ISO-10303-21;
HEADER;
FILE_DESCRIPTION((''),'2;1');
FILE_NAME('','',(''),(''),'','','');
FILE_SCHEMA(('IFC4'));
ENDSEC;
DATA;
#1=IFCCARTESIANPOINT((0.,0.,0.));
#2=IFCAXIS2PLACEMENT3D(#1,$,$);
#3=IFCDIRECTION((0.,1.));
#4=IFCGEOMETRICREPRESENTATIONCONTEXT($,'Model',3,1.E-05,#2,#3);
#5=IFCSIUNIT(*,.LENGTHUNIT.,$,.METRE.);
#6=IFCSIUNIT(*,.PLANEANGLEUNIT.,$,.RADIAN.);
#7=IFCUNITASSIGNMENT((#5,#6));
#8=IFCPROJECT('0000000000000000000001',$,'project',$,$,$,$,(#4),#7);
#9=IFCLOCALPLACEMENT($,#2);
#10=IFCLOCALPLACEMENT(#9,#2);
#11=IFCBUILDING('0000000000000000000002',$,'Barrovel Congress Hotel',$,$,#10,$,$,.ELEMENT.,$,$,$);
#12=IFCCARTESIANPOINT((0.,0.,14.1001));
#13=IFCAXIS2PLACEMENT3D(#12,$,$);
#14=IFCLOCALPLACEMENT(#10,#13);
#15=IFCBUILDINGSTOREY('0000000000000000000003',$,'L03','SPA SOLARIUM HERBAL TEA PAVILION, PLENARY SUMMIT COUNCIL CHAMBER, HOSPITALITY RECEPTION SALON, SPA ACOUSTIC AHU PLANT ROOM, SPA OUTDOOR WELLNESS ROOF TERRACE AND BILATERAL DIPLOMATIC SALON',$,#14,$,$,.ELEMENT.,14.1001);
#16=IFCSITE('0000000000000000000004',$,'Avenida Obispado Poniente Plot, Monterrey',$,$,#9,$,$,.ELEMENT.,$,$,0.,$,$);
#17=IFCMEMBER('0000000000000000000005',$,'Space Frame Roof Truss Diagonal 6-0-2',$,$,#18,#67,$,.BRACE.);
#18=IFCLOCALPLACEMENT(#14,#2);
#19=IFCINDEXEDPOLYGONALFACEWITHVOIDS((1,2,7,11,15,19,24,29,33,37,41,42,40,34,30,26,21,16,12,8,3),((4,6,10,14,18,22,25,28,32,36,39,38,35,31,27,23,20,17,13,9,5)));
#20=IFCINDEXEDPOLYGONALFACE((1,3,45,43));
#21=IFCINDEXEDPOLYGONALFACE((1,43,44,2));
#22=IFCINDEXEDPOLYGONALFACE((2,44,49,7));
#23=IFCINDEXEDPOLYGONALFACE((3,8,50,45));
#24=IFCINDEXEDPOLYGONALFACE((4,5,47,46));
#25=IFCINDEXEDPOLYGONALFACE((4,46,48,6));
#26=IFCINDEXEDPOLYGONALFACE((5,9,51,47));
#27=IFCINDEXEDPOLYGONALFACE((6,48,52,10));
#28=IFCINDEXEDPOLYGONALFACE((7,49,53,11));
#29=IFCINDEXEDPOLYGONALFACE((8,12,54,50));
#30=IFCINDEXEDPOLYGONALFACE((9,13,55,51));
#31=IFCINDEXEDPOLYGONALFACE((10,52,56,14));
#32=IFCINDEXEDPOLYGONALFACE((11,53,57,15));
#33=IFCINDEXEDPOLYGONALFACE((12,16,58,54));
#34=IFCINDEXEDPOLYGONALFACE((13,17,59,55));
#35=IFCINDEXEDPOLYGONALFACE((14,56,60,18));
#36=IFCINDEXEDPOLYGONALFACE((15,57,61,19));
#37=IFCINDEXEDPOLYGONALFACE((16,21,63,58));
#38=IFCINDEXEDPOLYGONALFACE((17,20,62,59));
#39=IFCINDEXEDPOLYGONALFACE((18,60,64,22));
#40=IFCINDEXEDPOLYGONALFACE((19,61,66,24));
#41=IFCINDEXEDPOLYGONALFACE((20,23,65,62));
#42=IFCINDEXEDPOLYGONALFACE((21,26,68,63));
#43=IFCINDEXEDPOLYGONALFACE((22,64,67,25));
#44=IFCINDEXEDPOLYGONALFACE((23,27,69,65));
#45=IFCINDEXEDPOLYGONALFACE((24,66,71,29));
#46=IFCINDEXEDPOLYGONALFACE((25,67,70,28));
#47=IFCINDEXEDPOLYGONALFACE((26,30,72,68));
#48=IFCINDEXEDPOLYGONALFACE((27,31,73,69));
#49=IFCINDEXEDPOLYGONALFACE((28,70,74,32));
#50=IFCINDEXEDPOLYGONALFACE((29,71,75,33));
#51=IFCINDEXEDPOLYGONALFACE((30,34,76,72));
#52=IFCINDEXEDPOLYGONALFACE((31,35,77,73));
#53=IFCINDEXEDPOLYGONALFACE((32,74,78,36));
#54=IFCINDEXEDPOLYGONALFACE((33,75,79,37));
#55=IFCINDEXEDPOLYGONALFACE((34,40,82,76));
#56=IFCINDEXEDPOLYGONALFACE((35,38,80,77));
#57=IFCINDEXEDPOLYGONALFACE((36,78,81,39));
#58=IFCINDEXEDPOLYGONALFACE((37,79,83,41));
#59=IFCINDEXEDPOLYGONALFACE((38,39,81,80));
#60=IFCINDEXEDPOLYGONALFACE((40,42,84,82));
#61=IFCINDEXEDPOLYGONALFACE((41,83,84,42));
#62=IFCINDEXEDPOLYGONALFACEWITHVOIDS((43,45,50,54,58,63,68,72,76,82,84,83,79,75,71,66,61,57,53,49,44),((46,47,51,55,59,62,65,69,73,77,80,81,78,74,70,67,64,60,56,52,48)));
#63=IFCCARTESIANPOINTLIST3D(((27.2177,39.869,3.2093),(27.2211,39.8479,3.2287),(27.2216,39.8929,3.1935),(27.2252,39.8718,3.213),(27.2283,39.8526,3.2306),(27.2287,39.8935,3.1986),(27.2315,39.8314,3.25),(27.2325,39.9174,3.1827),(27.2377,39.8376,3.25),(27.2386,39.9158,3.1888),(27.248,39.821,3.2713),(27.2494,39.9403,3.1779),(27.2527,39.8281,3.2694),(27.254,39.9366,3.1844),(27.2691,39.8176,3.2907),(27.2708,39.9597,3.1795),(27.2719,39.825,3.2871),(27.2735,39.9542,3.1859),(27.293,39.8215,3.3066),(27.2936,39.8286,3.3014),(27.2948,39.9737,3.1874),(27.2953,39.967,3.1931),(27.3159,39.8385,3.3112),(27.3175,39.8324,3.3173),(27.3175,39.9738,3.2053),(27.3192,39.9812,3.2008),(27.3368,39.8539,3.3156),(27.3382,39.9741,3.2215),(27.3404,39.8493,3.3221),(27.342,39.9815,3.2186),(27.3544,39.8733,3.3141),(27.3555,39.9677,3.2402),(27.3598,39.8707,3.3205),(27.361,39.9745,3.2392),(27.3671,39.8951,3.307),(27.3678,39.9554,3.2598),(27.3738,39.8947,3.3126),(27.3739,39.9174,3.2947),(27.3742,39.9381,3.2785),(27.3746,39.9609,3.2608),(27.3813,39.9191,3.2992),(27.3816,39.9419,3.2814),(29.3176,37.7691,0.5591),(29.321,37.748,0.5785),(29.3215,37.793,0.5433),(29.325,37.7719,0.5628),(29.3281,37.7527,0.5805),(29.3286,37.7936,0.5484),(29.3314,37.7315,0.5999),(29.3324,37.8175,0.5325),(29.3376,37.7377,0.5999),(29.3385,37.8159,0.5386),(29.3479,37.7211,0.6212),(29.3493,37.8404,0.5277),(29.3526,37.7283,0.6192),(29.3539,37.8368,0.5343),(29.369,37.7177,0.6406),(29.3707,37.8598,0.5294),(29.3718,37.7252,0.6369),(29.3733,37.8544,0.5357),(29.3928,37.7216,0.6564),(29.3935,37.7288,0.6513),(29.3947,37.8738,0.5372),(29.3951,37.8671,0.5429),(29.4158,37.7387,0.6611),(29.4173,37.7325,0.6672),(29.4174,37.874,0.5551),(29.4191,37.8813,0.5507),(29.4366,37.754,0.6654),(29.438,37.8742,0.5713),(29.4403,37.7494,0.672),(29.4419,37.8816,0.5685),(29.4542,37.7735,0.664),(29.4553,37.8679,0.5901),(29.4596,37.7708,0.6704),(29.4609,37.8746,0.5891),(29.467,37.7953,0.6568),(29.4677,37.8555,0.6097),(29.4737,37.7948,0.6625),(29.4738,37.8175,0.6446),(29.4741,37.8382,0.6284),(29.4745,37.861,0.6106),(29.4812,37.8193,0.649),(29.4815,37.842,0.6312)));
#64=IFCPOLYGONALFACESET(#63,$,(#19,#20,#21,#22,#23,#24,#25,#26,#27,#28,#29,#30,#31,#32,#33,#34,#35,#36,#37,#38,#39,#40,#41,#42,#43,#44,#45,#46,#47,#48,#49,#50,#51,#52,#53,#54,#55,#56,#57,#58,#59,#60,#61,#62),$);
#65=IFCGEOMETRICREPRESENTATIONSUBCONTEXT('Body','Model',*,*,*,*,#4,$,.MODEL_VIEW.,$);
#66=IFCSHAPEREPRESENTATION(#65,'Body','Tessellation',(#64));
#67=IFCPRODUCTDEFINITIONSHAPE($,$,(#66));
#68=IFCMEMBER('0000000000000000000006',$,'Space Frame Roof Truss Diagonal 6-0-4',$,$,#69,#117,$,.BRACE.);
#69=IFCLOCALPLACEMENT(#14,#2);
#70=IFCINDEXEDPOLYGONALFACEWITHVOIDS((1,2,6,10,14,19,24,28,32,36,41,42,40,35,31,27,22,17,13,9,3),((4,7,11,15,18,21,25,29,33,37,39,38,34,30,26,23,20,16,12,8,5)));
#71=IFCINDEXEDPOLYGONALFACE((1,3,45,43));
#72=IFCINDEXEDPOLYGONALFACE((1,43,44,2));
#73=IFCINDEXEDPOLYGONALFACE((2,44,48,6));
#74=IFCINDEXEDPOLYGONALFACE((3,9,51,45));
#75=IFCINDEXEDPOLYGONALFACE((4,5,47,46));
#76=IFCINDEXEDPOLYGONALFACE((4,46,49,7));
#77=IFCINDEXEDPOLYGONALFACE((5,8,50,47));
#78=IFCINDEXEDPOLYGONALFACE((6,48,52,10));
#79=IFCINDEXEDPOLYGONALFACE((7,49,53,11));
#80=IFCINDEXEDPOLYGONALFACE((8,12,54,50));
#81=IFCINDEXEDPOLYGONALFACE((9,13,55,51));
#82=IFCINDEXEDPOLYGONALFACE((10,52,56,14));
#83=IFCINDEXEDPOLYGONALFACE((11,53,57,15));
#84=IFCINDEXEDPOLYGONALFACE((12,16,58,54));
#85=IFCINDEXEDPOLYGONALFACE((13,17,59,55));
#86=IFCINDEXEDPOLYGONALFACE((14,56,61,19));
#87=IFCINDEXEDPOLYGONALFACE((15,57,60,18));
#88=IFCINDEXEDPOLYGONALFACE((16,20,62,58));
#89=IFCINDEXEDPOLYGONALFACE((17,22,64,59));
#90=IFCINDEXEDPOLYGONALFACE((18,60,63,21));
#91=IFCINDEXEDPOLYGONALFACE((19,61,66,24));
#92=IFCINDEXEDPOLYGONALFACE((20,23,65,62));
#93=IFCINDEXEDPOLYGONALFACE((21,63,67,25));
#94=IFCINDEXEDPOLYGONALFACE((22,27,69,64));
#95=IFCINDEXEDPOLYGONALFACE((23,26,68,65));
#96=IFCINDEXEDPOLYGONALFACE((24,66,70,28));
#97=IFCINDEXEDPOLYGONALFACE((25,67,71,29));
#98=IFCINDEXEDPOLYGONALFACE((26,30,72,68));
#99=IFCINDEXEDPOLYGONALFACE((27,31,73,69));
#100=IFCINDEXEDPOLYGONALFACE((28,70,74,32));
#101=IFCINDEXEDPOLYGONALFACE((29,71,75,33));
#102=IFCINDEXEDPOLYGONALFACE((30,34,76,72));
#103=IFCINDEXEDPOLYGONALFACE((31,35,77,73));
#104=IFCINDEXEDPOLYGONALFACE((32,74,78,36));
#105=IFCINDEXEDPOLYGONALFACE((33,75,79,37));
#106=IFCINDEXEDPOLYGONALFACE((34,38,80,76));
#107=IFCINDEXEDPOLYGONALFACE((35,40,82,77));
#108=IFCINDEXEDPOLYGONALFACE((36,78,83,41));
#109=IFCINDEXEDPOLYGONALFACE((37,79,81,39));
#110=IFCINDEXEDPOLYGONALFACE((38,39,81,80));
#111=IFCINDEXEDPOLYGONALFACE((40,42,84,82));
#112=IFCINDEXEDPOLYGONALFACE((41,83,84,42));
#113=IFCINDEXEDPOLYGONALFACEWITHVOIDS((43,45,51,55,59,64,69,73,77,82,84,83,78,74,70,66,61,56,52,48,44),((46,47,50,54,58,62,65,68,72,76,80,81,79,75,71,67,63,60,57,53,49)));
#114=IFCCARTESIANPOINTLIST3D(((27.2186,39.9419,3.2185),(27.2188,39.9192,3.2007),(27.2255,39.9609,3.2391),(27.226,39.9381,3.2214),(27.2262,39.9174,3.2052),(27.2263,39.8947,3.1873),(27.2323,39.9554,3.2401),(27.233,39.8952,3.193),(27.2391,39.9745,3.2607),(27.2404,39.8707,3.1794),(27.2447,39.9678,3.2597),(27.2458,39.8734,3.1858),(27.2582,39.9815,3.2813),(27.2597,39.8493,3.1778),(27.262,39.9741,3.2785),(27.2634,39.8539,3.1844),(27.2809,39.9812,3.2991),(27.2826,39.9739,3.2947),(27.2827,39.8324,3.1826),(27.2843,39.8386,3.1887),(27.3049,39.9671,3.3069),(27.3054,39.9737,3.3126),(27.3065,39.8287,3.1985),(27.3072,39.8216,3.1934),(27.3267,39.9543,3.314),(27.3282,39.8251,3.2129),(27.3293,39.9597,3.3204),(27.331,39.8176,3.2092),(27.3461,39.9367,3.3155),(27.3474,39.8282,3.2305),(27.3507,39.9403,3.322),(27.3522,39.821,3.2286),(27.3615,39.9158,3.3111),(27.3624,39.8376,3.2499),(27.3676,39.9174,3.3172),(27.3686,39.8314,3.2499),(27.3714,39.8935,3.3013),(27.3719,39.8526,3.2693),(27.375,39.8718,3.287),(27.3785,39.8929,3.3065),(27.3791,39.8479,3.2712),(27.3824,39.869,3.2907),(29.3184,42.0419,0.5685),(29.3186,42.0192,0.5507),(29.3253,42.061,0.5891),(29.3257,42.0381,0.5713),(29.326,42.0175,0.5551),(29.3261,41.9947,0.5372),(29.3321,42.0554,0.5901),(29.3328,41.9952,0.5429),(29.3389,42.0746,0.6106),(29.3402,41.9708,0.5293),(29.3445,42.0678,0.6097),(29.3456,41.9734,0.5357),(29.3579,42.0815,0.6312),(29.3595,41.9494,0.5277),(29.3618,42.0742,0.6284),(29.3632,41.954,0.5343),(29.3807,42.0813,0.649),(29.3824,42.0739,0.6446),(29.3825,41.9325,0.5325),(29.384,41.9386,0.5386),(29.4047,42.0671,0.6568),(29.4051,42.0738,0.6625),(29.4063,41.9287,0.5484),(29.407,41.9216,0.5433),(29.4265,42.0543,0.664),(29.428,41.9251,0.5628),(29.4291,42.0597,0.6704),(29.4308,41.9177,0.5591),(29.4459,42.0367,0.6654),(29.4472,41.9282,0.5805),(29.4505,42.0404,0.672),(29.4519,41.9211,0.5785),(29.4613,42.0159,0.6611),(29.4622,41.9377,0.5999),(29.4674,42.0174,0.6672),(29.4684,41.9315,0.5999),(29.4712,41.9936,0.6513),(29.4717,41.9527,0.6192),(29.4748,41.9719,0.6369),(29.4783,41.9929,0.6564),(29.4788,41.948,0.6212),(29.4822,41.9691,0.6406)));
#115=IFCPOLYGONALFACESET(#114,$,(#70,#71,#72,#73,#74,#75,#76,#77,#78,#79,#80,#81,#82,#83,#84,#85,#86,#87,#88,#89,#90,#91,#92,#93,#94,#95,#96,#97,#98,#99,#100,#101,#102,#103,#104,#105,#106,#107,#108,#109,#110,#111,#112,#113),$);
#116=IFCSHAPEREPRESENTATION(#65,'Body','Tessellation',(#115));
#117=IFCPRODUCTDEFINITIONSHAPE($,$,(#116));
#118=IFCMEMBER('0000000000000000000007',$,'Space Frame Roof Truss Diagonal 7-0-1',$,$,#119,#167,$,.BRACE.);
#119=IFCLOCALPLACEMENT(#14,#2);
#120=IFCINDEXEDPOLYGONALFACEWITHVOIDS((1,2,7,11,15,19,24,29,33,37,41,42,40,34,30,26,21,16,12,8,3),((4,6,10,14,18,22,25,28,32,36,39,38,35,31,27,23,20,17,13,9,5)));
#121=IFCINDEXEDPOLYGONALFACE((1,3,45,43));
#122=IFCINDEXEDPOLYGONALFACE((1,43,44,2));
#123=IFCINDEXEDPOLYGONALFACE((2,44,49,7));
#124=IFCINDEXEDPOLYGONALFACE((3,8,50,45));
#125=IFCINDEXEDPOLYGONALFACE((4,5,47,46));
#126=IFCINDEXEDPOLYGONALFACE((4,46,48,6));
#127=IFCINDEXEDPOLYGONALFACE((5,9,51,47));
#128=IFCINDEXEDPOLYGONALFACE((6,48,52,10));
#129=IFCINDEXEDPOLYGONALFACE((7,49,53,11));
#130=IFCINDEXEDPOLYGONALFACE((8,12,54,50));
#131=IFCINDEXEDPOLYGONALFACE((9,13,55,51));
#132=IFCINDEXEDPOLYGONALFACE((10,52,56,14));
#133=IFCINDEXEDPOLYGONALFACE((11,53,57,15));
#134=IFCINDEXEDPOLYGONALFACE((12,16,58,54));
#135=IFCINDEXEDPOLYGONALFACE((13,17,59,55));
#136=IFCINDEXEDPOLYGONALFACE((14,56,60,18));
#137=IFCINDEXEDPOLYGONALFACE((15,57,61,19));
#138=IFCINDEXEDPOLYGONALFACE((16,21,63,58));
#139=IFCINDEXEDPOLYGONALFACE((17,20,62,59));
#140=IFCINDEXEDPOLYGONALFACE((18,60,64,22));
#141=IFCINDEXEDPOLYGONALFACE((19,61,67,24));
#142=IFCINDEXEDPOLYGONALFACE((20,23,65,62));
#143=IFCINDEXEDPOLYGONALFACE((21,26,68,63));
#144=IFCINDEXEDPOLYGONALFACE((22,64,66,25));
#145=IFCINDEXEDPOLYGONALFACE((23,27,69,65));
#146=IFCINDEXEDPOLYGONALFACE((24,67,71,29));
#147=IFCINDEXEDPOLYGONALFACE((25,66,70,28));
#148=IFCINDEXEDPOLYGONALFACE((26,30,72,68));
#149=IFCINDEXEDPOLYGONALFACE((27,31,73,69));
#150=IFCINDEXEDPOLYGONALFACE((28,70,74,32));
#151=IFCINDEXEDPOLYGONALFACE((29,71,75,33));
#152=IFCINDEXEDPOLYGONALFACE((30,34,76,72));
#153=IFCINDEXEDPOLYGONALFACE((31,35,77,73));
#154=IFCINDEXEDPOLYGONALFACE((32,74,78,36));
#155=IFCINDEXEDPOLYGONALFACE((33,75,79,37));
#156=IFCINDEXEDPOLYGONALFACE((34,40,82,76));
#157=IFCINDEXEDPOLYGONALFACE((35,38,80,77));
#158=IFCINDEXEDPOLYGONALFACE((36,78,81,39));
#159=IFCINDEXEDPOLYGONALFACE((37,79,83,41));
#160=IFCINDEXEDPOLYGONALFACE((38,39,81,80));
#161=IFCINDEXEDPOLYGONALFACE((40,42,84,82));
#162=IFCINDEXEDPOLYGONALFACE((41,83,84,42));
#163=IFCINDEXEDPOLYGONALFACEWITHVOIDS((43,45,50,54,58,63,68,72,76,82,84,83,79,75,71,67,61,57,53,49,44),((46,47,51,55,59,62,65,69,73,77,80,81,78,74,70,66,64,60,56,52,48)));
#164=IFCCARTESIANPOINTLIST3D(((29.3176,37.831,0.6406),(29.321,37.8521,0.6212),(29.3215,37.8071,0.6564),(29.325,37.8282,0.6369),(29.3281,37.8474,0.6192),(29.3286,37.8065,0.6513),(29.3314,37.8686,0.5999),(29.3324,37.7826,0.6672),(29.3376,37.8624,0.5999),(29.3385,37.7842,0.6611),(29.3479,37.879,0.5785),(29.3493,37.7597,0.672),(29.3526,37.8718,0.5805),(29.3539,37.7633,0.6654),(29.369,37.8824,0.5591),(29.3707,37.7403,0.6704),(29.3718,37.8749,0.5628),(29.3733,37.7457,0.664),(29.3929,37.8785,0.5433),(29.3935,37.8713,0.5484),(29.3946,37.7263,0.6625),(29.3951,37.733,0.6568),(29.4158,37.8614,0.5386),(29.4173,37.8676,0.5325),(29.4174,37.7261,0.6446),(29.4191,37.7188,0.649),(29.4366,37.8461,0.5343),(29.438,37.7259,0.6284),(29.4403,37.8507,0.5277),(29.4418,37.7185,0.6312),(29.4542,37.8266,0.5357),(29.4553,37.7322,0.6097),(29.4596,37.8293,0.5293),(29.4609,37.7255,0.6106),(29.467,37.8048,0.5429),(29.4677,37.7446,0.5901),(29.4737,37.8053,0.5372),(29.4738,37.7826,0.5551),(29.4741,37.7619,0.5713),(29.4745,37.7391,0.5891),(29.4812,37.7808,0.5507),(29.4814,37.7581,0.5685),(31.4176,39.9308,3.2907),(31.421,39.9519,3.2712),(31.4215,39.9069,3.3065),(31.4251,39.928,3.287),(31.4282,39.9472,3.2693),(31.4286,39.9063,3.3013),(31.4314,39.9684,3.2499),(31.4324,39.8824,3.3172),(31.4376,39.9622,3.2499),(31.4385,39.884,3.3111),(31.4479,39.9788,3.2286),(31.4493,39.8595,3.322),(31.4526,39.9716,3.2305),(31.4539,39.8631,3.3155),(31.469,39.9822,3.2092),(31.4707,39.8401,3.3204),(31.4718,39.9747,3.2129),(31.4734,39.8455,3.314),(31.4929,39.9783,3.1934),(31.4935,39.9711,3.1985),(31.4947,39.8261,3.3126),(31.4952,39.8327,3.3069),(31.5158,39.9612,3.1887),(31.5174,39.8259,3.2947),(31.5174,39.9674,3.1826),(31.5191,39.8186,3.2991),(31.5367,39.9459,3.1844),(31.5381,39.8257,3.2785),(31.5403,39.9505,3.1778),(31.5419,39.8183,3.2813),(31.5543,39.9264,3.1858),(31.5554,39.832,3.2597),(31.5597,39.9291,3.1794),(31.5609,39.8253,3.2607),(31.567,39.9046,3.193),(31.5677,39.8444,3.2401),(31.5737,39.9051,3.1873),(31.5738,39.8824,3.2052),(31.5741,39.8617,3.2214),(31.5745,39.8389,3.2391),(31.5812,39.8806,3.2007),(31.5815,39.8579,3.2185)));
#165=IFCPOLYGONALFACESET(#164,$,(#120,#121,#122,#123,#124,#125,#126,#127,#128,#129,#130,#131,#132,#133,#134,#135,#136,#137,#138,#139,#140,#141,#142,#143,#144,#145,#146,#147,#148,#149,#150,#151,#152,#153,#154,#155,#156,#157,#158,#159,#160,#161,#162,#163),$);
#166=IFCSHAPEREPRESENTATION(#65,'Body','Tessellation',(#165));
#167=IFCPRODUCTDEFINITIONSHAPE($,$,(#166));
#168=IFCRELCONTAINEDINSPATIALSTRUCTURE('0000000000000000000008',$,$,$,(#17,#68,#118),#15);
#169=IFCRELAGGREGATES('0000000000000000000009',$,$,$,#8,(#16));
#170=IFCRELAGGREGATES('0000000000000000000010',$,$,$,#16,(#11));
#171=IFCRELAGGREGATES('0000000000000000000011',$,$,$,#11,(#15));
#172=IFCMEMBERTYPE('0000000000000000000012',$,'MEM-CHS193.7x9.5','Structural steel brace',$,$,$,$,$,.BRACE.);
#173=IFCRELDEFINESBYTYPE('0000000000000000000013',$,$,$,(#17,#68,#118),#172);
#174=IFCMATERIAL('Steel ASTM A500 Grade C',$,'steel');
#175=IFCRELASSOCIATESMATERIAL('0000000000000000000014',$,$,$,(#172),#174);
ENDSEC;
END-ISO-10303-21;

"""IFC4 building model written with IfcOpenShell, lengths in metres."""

from ifc_helpers import new_model, si_unit, direction, frame, origin, origin_2d, place, context, subcontext, project, spatial, hollow_circle, extrude, material, material_profile, profile_set, type_object, element, save


model = new_model("IFC4")

# Units and contexts
model_context = context("Model", 3, precision=1e-05, world=origin(), true_north=direction((0.0, 1.0)))
body_context = subcontext(model_context, "Body", "Model", "MODEL_VIEW")
ifc_project = project(units=[si_unit("LENGTHUNIT", "METRE"), si_unit("PLANEANGLEUNIT", "RADIAN")], contexts=[model_context])

# Site, building, storey
site_placement = place(None, origin())
site = spatial("IfcSite", under=ifc_project, at=site_placement, Name="Avenida Obispado Poniente Plot, Monterrey", CompositionType="ELEMENT", RefElevation=0.0)
building_placement = place(site_placement, origin())
building = spatial("IfcBuilding", under=site, at=building_placement, Name="Barrovel Congress Hotel", CompositionType="ELEMENT")
storey_placement = place(building_placement, frame((0.0, 0.0, 14.1001)))
storey = spatial("IfcBuildingStorey", under=building, at=storey_placement, Name="L03", Description="SPA SOLARIUM HERBAL TEA PAVILION, PLENARY SUMMIT COUNCIL CHAMBER, HOSPITALITY RECEPTION SALON, SPA ACOUSTIC AHU PLANT ROOM, SPA OUTDOOR WELLNESS ROOF TERRACE AND BILATERAL DIPLOMATIC SALON", CompositionType="ELEMENT", Elevation=14.1001)

# Members
ifc_material_1 = material(Name="Steel ASTM A500 Grade C", Category="steel")
ifc_material_profile_1 = material_profile(ifc_material_1, hollow_circle(Radius=0.0969, WallThickness=0.0088, at=origin_2d()), Name="CHS193.7x9.5")
ifc_profile_set_1 = profile_set([ifc_material_profile_1], Name="Steel ASTM A500 Grade C")
member_type_1 = type_object("IfcMemberType", Name="MEM-CHS193.7x9.5", Description="Structural steel brace", PredefinedType="BRACE", material=ifc_profile_set_1)
for number, where, z_axis, x_axis, name in (
    (1, (29.3999, 37.8, 0.5999), (-0.527574, 0.527574, 0.665831), (-0.707107, -0.707107, 0.0), "Space Frame Roof Truss Diagonal 6-0-2"),
    (2, (29.3999, 42.0, 0.5999), (-0.527557, -0.527618, 0.66581), (0.707148, -0.707066, 0.0), "Space Frame Roof Truss Diagonal 6-0-4"),
    (3, (29.3999, 37.8, 0.5999), (0.527618, 0.527557, 0.66581), (-0.707066, 0.707148, 0.0), "Space Frame Roof Truss Diagonal 7-0-1"),
):
    element("IfcMember", number, at=place(storey_placement, frame(where, z_axis=z_axis, x_axis=x_axis)), inside=storey, type_object=member_type_1, Name=name, PredefinedType="BRACE", context=body_context, shape_type="SweptSolid", body=[
        extrude(hollow_circle(Radius=0.0969, WallThickness=0.0088, at=origin_2d()), origin(), (0.0, 0.0, 1.0), 3.9802),
    ])

save(model, "model.ifc")
